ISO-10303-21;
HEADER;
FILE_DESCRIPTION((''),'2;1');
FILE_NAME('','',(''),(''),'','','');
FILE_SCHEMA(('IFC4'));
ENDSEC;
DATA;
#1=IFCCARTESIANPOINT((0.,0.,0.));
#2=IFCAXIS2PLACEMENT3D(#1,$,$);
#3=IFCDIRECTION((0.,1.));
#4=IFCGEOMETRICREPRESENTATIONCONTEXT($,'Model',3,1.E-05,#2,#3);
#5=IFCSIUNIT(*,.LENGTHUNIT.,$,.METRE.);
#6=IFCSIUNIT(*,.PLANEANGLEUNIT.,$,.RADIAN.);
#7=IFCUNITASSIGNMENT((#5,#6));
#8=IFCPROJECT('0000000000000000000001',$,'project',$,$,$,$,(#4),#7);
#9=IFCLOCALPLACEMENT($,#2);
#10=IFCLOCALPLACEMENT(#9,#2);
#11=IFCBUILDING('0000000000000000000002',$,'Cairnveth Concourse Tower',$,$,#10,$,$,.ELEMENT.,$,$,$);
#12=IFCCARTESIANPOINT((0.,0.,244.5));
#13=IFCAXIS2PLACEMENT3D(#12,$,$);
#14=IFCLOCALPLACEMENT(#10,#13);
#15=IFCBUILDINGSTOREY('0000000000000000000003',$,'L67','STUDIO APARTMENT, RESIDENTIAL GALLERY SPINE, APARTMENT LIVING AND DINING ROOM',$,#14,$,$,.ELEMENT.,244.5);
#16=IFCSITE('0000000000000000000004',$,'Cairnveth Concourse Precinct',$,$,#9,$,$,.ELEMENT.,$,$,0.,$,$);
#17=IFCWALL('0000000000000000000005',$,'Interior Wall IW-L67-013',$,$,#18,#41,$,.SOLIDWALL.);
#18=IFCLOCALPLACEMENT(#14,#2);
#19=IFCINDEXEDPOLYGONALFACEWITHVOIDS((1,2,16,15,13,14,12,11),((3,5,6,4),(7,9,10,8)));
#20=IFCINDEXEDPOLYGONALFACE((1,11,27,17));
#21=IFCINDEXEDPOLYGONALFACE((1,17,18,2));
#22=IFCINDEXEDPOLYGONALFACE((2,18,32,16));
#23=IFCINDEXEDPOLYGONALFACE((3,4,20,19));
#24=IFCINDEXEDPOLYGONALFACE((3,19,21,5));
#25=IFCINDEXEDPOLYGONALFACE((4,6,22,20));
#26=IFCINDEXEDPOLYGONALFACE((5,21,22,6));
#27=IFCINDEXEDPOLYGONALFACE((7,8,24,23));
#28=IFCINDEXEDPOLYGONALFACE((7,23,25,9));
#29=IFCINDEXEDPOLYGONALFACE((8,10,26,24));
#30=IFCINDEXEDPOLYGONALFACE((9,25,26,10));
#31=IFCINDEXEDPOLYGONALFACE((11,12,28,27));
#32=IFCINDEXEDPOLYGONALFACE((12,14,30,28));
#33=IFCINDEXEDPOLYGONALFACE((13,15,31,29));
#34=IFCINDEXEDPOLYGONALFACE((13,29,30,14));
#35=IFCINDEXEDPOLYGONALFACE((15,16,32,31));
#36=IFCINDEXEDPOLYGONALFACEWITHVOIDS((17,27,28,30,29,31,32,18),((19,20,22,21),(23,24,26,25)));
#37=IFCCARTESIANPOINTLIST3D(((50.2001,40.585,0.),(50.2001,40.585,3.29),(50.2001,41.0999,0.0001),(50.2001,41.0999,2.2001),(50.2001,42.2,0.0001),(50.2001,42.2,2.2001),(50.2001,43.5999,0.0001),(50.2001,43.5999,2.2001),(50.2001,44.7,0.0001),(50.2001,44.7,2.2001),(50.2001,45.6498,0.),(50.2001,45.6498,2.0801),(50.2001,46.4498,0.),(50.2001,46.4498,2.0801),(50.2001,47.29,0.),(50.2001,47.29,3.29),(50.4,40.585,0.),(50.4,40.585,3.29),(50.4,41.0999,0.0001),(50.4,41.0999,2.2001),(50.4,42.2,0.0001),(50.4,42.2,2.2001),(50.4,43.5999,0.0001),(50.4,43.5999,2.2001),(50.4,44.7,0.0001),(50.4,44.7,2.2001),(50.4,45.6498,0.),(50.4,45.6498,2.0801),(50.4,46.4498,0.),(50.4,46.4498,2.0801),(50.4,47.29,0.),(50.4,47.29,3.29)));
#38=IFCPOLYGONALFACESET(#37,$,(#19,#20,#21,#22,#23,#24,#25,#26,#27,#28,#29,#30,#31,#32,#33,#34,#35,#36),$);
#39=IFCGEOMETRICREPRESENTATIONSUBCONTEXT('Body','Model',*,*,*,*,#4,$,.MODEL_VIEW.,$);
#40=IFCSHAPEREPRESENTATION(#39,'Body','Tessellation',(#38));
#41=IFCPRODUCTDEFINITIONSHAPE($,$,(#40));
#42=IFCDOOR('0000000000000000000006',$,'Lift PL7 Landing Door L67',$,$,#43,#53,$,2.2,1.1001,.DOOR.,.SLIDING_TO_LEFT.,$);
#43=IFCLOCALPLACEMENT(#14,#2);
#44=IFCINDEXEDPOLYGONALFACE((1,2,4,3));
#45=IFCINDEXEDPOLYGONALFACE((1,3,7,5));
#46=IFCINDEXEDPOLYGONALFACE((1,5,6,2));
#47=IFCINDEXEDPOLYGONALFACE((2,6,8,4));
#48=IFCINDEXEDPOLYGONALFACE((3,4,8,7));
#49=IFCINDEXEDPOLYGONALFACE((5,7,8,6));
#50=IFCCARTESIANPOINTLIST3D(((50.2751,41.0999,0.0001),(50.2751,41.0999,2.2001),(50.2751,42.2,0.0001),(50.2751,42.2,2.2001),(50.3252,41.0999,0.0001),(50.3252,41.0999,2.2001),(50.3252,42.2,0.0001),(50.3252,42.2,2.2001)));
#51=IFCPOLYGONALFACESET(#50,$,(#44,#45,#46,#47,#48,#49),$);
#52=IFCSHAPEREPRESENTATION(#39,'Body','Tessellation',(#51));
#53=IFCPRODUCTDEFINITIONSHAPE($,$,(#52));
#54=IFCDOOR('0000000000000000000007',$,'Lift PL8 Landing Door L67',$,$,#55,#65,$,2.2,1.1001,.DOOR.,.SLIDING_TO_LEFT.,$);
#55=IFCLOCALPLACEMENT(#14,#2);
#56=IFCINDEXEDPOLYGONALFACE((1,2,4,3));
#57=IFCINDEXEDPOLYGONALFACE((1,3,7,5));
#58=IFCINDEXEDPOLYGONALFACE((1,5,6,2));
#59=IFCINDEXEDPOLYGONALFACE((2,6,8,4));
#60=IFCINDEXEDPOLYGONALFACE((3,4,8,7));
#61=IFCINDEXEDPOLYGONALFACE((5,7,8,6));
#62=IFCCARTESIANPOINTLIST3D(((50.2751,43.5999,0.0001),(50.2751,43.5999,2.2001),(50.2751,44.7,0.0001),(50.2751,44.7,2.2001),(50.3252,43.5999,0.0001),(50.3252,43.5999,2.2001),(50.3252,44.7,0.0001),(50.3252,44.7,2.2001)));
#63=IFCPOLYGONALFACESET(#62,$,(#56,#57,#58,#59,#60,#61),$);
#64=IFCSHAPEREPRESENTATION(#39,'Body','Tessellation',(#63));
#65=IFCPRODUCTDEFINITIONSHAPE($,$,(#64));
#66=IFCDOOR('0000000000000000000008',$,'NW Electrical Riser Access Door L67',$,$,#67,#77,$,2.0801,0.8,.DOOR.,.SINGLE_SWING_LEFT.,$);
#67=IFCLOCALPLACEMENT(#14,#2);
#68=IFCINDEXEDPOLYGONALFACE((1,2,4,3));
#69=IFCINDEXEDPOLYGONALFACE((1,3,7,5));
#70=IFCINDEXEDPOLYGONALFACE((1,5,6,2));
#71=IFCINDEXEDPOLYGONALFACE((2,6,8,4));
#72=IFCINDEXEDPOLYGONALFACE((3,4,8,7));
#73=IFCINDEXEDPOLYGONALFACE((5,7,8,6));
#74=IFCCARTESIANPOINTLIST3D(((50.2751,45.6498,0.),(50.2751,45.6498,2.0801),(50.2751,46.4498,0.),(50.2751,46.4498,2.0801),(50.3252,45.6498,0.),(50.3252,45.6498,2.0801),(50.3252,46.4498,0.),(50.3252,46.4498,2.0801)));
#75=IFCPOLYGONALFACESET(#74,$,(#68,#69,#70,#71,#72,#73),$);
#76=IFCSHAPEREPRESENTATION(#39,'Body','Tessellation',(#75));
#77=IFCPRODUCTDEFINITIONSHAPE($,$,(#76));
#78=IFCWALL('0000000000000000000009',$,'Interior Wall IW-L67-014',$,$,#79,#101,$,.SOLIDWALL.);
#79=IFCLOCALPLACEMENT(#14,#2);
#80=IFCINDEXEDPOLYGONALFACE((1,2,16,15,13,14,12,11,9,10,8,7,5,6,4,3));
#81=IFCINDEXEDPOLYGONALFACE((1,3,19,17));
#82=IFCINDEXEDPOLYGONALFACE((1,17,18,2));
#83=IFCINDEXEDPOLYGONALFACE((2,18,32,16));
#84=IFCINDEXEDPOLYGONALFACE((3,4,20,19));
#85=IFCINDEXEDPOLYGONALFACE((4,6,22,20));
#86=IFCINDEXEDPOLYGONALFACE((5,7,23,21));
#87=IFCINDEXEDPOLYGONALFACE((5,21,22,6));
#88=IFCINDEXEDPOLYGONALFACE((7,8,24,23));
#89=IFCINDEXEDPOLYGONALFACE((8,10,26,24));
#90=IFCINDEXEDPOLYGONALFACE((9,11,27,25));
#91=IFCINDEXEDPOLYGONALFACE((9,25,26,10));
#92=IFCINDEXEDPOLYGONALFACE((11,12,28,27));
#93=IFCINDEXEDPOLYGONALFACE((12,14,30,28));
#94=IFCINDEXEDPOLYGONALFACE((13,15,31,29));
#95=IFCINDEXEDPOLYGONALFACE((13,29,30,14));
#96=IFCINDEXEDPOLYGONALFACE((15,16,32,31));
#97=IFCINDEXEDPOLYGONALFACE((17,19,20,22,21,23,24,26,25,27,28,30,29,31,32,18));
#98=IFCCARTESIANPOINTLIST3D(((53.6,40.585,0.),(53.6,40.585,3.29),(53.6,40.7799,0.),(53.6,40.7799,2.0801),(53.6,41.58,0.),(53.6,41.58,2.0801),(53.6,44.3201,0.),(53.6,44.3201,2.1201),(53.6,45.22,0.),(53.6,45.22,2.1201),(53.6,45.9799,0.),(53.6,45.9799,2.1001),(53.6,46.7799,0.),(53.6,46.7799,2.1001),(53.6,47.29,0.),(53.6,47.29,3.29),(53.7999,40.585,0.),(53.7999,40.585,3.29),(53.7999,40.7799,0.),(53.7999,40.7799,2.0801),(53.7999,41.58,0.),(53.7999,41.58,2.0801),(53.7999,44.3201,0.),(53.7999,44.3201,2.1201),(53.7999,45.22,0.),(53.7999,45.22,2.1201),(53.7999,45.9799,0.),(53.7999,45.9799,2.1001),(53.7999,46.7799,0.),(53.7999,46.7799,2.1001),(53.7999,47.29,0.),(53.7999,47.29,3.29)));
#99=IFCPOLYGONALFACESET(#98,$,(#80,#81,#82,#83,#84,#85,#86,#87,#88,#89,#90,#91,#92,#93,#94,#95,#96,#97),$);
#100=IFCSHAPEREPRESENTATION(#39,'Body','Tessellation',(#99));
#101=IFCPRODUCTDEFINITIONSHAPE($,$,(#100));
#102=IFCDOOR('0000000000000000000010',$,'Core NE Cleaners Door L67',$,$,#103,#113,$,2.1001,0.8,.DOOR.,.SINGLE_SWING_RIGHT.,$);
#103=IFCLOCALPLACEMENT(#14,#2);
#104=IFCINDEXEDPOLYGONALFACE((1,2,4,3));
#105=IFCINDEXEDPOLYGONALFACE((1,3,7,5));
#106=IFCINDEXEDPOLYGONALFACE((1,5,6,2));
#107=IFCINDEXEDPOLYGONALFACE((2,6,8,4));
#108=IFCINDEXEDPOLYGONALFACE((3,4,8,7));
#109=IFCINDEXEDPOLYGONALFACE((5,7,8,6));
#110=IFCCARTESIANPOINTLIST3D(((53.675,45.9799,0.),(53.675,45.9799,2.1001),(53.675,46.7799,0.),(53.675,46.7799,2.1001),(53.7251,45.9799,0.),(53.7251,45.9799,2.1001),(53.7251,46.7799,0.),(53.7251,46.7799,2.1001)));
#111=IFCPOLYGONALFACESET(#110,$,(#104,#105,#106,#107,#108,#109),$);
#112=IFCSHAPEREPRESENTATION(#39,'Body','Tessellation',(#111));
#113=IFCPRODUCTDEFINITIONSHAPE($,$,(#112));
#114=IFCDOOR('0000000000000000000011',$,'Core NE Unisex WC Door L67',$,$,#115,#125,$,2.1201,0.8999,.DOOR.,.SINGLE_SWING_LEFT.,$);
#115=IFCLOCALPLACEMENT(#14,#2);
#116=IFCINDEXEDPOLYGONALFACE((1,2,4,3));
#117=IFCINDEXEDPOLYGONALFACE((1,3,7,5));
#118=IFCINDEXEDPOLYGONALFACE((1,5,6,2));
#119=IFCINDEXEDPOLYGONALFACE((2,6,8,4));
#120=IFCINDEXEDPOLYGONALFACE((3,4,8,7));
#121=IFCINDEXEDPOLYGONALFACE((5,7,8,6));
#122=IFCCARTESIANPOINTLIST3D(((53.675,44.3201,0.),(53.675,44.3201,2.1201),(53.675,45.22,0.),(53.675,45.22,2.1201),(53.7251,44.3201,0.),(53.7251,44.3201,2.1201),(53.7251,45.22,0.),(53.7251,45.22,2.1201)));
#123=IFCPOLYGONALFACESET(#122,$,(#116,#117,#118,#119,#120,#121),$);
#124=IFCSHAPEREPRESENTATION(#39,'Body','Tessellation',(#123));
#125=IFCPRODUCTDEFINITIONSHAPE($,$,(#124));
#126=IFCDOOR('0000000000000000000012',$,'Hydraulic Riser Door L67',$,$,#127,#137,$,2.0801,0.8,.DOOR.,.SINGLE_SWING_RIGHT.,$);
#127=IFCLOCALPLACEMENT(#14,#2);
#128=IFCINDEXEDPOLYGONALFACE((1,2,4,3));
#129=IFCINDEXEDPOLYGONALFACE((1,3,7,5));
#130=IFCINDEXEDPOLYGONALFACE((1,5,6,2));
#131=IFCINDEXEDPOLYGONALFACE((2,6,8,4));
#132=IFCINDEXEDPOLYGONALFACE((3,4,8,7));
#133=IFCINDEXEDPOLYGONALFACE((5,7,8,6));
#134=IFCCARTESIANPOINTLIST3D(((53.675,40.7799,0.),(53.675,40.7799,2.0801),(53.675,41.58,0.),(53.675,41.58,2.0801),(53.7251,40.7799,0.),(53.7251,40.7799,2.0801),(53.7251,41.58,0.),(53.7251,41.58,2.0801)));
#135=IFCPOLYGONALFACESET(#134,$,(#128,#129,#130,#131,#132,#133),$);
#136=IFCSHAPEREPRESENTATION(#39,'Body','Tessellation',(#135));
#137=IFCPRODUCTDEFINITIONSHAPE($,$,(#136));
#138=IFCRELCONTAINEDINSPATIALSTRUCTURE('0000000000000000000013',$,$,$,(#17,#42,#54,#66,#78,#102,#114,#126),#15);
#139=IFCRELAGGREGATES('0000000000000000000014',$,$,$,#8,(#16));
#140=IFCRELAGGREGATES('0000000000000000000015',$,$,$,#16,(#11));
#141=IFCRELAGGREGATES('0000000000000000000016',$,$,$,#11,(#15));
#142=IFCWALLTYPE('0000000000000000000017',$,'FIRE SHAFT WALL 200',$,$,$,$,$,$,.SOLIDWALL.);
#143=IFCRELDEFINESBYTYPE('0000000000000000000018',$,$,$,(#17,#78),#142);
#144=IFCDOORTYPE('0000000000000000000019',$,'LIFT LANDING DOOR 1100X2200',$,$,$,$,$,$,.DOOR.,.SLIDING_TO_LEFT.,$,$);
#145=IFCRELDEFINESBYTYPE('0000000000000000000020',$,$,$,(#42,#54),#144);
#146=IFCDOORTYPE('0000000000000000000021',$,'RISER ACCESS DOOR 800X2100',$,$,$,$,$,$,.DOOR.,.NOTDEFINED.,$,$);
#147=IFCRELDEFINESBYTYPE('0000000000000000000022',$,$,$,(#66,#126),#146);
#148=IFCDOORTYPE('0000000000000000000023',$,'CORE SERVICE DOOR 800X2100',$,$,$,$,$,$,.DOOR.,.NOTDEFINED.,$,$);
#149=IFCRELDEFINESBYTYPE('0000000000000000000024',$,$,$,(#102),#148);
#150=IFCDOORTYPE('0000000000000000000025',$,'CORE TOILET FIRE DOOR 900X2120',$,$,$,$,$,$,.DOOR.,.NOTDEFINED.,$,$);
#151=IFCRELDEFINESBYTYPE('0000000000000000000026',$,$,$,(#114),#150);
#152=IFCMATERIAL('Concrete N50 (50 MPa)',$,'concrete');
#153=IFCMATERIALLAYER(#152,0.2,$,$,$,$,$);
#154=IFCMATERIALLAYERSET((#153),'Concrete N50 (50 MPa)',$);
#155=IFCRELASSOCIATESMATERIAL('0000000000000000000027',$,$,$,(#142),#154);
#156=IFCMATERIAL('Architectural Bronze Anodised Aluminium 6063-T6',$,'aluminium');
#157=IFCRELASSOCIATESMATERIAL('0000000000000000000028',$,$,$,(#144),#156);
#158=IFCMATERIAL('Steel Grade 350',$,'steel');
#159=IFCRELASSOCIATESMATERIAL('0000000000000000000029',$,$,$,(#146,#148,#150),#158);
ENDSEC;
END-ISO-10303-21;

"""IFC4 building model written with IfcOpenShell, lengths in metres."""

from ifc_helpers import new_model, si_unit, direction, frame, frame_2d, origin, place, context, subcontext, project, spatial, rectangle, extrude, material, layer, layer_set, type_object, element, fill, save


model = new_model("IFC4")

# Units and contexts
model_context = context("Model", 3, precision=1e-05, world=origin(), true_north=direction((0.0, 1.0)))
body_context = subcontext(model_context, "Body", "Model", "MODEL_VIEW")
ifc_project = project(units=[si_unit("LENGTHUNIT", "METRE"), si_unit("PLANEANGLEUNIT", "RADIAN")], contexts=[model_context])

# Site, building, storey
site_placement = place(None, origin())
site = spatial("IfcSite", under=ifc_project, at=site_placement, Name="Cairnveth Concourse Precinct", CompositionType="ELEMENT", RefElevation=0.0)
building_placement = place(site_placement, origin())
building = spatial("IfcBuilding", under=site, at=building_placement, Name="Cairnveth Concourse Tower", CompositionType="ELEMENT")
storey_placement = place(building_placement, frame((0.0, 0.0, 244.5)))
storey = spatial("IfcBuildingStorey", under=building, at=storey_placement, Name="L67", Description="STUDIO APARTMENT, RESIDENTIAL GALLERY SPINE, APARTMENT LIVING AND DINING ROOM", CompositionType="ELEMENT", Elevation=244.5)

# Shared definitions
ifc_material_1 = material(Name="Steel Grade 350", Category="steel")

# Shared definitions
ifc_material_2 = material(Name="Concrete N50 (50 MPa)", Category="concrete")
ifc_layer_1 = layer(ifc_material_2, 0.2)
ifc_layer_set_1 = layer_set([ifc_layer_1], Name="Concrete N50 (50 MPa)")
wall_type_1 = type_object("IfcWallType", Name="FIRE SHAFT WALL 200", PredefinedType="SOLIDWALL", material=ifc_layer_set_1)

# Walls, openings, doors
wall_1_placement = place(storey_placement, frame((50.3, 40.585, 0.0), z_axis=(0.0, 0.0, 1.0), x_axis=(0.0, 1.0, 0.0)))
wall_1 = element("IfcWall", 1, at=wall_1_placement, inside=storey, type_object=wall_type_1, Name="Interior Wall IW-L67-013", PredefinedType="SOLIDWALL", context=body_context, shape_type="SweptSolid", body=[
    extrude(rectangle(XDim=6.7051, YDim=0.2, at=frame_2d((3.3525, 0.0))), origin(), (0.0, 0.0, 1.0), 3.29),
])
opening_1_placement = place(wall_1_placement, frame((0.5149, 0.0, 0.0)))
opening_1 = element("IfcOpeningElement", 2, at=opening_1_placement, cuts=wall_1, PredefinedType="OPENING", context=body_context, shape_type="SweptSolid", body=[
    extrude(rectangle(XDim=1.1001, YDim=2.2, at=frame_2d((0.55, 1.1001))), frame((0.0, 0.1099, 0.0), z_axis=(0.0, -1.0, 0.0), x_axis=(1.0, 0.0, 0.0)), (0.0, 0.0, 1.0), 0.22),
])
opening_2_placement = place(wall_1_placement, frame((3.0149, 0.0, 0.0)))
opening_2 = element("IfcOpeningElement", 3, at=opening_2_placement, cuts=wall_1, PredefinedType="OPENING", context=body_context, shape_type="SweptSolid", body=[
    extrude(rectangle(XDim=1.1001, YDim=2.2, at=frame_2d((0.55, 1.1001))), frame((0.0, 0.1099, 0.0), z_axis=(0.0, -1.0, 0.0), x_axis=(1.0, 0.0, 0.0)), (0.0, 0.0, 1.0), 0.22),
])
opening_3_placement = place(wall_1_placement, frame((5.0649, 0.0, 0.0)))
opening_3 = element("IfcOpeningElement", 4, at=opening_3_placement, cuts=wall_1, PredefinedType="OPENING", context=body_context, shape_type="SweptSolid", body=[
    extrude(rectangle(XDim=0.8, YDim=2.0801, at=frame_2d((0.3999, 1.04))), frame((0.0, 0.1099, 0.0), z_axis=(0.0, -1.0, 0.0), x_axis=(1.0, 0.0, 0.0)), (0.0, 0.0, 1.0), 0.22),
])
ifc_material_3 = material(Name="Architectural Bronze Anodised Aluminium 6063-T6", Category="aluminium")
door_type_1 = type_object("IfcDoorType", Name="LIFT LANDING DOOR 1100X2200", OperationType="SLIDING_TO_LEFT", PredefinedType="DOOR", material=ifc_material_3)
door_1_placement = place(opening_1_placement, origin())
door_1 = element("IfcDoor", 5, at=door_1_placement, inside=storey, type_object=door_type_1, Name="Lift PL7 Landing Door L67", OperationType="SLIDING_TO_LEFT", OverallHeight=2.2, OverallWidth=1.1001, PredefinedType="DOOR", context=body_context, shape_type="SweptSolid", body=[
    extrude(rectangle(XDim=1.1001, YDim=2.2, at=frame_2d((0.55, 1.1001))), frame((0.0, 0.0249, 0.0), z_axis=(0.0, -1.0, 0.0), x_axis=(1.0, 0.0, 0.0)), (0.0, 0.0, 1.0), 0.05),
])
fill(opening_1, door_1)
door_2_placement = place(opening_2_placement, origin())
door_2 = element("IfcDoor", 6, at=door_2_placement, inside=storey, type_object=door_type_1, Name="Lift PL8 Landing Door L67", OperationType="SLIDING_TO_LEFT", OverallHeight=2.2, OverallWidth=1.1001, PredefinedType="DOOR", context=body_context, shape_type="SweptSolid", body=[
    extrude(rectangle(XDim=1.1001, YDim=2.2, at=frame_2d((0.55, 1.1001))), frame((0.0, 0.0249, 0.0), z_axis=(0.0, -1.0, 0.0), x_axis=(1.0, 0.0, 0.0)), (0.0, 0.0, 1.0), 0.05),
])
fill(opening_2, door_2)
door_type_2 = type_object("IfcDoorType", Name="RISER ACCESS DOOR 800X2100", OperationType="NOTDEFINED", PredefinedType="DOOR", material=ifc_material_1)
door_3_placement = place(opening_3_placement, origin())
door_3 = element("IfcDoor", 7, at=door_3_placement, inside=storey, type_object=door_type_2, Name="NW Electrical Riser Access Door L67", OperationType="SINGLE_SWING_LEFT", OverallHeight=2.0801, OverallWidth=0.8, PredefinedType="DOOR", context=body_context, shape_type="SweptSolid", body=[
    extrude(rectangle(XDim=0.8, YDim=2.0801, at=frame_2d((0.3999, 1.04))), frame((0.0, 0.0249, 0.0), z_axis=(0.0, -1.0, 0.0), x_axis=(1.0, 0.0, 0.0)), (0.0, 0.0, 1.0), 0.05),
])
fill(opening_3, door_3)
wall_2_placement = place(storey_placement, frame((53.7, 40.585, 0.0), z_axis=(0.0, 0.0, 1.0), x_axis=(0.0, 1.0, 0.0)))
wall_2 = element("IfcWall", 8, at=wall_2_placement, inside=storey, type_object=wall_type_1, Name="Interior Wall IW-L67-014", PredefinedType="SOLIDWALL", context=body_context, shape_type="SweptSolid", body=[
    extrude(rectangle(XDim=6.7051, YDim=0.2, at=frame_2d((3.3525, 0.0))), origin(), (0.0, 0.0, 1.0), 3.29),
])
opening_4_placement = place(wall_2_placement, frame((0.1951, 0.0, 0.0)))
opening_4 = element("IfcOpeningElement", 9, at=opening_4_placement, cuts=wall_2, PredefinedType="OPENING", context=body_context, shape_type="SweptSolid", body=[
    extrude(rectangle(XDim=0.8, YDim=2.0801, at=frame_2d((0.3999, 1.04))), frame((0.0, 0.1099, 0.0), z_axis=(0.0, -1.0, 0.0), x_axis=(1.0, 0.0, 0.0)), (0.0, 0.0, 1.0), 0.22),
])
opening_5_placement = place(wall_2_placement, frame((3.7351, 0.0, 0.0)))
opening_5 = element("IfcOpeningElement", 10, at=opening_5_placement, cuts=wall_2, PredefinedType="OPENING", context=body_context, shape_type="SweptSolid", body=[
    extrude(rectangle(XDim=0.8999, YDim=2.1201, at=frame_2d((0.45, 1.0601))), frame((0.0, 0.1099, 0.0), z_axis=(0.0, -1.0, 0.0), x_axis=(1.0, 0.0, 0.0)), (0.0, 0.0, 1.0), 0.22),
])
opening_6_placement = place(wall_2_placement, frame((5.395, 0.0, 0.0)))
opening_6 = element("IfcOpeningElement", 11, at=opening_6_placement, cuts=wall_2, PredefinedType="OPENING", context=body_context, shape_type="SweptSolid", body=[
    extrude(rectangle(XDim=0.8, YDim=2.1001, at=frame_2d((0.3999, 1.05))), frame((0.0, 0.1099, 0.0), z_axis=(0.0, -1.0, 0.0), x_axis=(1.0, 0.0, 0.0)), (0.0, 0.0, 1.0), 0.22),
])
door_type_3 = type_object("IfcDoorType", Name="CORE SERVICE DOOR 800X2100", OperationType="NOTDEFINED", PredefinedType="DOOR", material=ifc_material_1)
door_4_placement = place(opening_6_placement, origin())
door_4 = element("IfcDoor", 12, at=door_4_placement, inside=storey, type_object=door_type_3, Name="Core NE Cleaners Door L67", OperationType="SINGLE_SWING_RIGHT", OverallHeight=2.1001, OverallWidth=0.8, PredefinedType="DOOR", context=body_context, shape_type="SweptSolid", body=[
    extrude(rectangle(XDim=0.8, YDim=2.1001, at=frame_2d((0.3999, 1.05))), frame((0.0, 0.0249, 0.0), z_axis=(0.0, -1.0, 0.0), x_axis=(1.0, 0.0, 0.0)), (0.0, 0.0, 1.0), 0.05),
])
fill(opening_6, door_4)
door_type_4 = type_object("IfcDoorType", Name="CORE TOILET FIRE DOOR 900X2120", OperationType="NOTDEFINED", PredefinedType="DOOR", material=ifc_material_1)
door_5_placement = place(opening_5_placement, origin())
door_5 = element("IfcDoor", 13, at=door_5_placement, inside=storey, type_object=door_type_4, Name="Core NE Unisex WC Door L67", OperationType="SINGLE_SWING_LEFT", OverallHeight=2.1201, OverallWidth=0.8999, PredefinedType="DOOR", context=body_context, shape_type="SweptSolid", body=[
    extrude(rectangle(XDim=0.8999, YDim=2.1201, at=frame_2d((0.45, 1.0601))), frame((0.0, 0.0249, 0.0), z_axis=(0.0, -1.0, 0.0), x_axis=(1.0, 0.0, 0.0)), (0.0, 0.0, 1.0), 0.05),
])
fill(opening_5, door_5)
door_6_placement = place(opening_4_placement, origin())
door_6 = element("IfcDoor", 14, at=door_6_placement, inside=storey, type_object=door_type_2, Name="Hydraulic Riser Door L67", OperationType="SINGLE_SWING_RIGHT", OverallHeight=2.0801, OverallWidth=0.8, PredefinedType="DOOR", context=body_context, shape_type="SweptSolid", body=[
    extrude(rectangle(XDim=0.8, YDim=2.0801, at=frame_2d((0.3999, 1.04))), frame((0.0, 0.0249, 0.0), z_axis=(0.0, -1.0, 0.0), x_axis=(1.0, 0.0, 0.0)), (0.0, 0.0, 1.0), 0.05),
])
fill(opening_4, door_6)

save(model, "model.ifc")
